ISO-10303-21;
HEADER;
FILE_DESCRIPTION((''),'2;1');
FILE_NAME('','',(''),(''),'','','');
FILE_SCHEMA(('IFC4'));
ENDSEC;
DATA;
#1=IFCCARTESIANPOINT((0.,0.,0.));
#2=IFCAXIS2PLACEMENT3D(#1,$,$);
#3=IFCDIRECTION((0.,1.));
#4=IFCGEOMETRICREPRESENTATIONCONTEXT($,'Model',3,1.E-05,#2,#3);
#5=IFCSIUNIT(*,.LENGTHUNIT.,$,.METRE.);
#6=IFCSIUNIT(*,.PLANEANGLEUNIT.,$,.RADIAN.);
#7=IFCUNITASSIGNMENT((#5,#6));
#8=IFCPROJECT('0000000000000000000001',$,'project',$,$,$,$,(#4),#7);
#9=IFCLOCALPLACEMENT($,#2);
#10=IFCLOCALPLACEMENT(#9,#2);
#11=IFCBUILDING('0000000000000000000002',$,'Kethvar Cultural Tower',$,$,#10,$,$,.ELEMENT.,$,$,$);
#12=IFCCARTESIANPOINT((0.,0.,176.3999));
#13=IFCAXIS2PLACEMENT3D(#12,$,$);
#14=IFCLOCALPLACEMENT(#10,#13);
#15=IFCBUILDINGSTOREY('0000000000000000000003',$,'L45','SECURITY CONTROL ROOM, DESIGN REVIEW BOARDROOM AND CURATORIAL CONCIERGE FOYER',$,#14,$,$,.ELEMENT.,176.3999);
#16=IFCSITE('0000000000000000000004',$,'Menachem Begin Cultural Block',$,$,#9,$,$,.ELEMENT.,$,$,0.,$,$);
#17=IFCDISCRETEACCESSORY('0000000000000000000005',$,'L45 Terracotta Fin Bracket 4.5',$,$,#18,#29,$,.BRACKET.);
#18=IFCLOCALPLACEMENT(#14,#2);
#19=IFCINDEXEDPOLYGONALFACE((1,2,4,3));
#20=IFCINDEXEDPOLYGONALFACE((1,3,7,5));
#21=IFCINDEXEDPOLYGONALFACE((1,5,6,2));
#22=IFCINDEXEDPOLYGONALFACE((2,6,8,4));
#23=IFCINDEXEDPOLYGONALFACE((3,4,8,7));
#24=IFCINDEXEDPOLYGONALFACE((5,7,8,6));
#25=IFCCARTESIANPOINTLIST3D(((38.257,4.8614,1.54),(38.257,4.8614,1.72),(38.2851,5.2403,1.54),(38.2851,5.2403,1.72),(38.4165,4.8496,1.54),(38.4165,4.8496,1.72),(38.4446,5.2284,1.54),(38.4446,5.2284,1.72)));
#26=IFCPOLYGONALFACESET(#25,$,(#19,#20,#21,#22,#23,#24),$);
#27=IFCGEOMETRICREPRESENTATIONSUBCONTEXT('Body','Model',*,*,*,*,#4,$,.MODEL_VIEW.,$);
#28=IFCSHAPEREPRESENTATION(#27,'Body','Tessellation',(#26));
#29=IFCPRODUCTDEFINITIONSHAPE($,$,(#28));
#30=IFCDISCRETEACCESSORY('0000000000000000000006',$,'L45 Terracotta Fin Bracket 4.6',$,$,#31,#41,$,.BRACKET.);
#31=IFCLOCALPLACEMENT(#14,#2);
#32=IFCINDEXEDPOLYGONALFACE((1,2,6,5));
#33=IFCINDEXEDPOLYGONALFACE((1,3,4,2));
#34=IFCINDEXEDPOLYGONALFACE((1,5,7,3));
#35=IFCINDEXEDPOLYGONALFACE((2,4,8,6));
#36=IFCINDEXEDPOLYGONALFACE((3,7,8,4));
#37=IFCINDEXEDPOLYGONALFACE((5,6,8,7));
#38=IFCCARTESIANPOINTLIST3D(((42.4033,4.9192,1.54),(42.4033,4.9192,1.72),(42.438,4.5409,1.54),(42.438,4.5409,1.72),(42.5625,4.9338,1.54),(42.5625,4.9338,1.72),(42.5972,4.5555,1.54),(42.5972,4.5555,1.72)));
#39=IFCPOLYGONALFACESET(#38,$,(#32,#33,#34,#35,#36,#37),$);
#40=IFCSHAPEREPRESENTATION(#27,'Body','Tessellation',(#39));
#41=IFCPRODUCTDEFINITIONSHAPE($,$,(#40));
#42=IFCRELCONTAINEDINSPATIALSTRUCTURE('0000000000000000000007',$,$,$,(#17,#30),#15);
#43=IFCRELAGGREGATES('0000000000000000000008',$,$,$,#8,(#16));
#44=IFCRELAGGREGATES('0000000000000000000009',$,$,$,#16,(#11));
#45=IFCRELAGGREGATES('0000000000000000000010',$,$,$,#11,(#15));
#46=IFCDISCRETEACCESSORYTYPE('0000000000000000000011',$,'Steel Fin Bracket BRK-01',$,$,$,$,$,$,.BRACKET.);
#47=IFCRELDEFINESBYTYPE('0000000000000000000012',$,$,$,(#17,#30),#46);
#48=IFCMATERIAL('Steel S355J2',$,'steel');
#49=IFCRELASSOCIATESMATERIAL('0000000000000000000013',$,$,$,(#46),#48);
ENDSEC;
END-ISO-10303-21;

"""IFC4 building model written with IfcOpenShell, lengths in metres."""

from ifc_helpers import new_model, si_unit, direction, frame, origin, origin_2d, place, context, subcontext, project, spatial, rectangle, extrude, source, transform, mapped, material, type_object, element, save


model = new_model("IFC4")

# Units and contexts
model_context = context("Model", 3, precision=1e-05, world=origin(), true_north=direction((0.0, 1.0)))
body_context = subcontext(model_context, "Body", "Model", "MODEL_VIEW")
ifc_project = project(units=[si_unit("LENGTHUNIT", "METRE"), si_unit("PLANEANGLEUNIT", "RADIAN")], contexts=[model_context])

# Site, building, storey
site_placement = place(None, origin())
site = spatial("IfcSite", under=ifc_project, at=site_placement, Name="Menachem Begin Cultural Block", CompositionType="ELEMENT", RefElevation=0.0)
building_placement = place(site_placement, origin())
building = spatial("IfcBuilding", under=site, at=building_placement, Name="Kethvar Cultural Tower", CompositionType="ELEMENT")
storey_placement = place(building_placement, frame((0.0, 0.0, 176.3999)))
storey = spatial("IfcBuildingStorey", under=building, at=storey_placement, Name="L45", Description="SECURITY CONTROL ROOM, DESIGN REVIEW BOARDROOM AND CURATORIAL CONCIERGE FOYER", CompositionType="ELEMENT", Elevation=176.3999)

# Shared definitions
ifc_material_1 = material(Name="Steel S355J2", Category="steel")

# Discrete accessories
discrete_accessory_type = type_object("IfcDiscreteAccessoryType", Name="Steel Fin Bracket BRK-01", PredefinedType="BRACKET", material=ifc_material_1)
shared_shape_1 = source(origin(), body_context, "Body", "SweptSolid", [
    extrude(rectangle(XDim=0.3799, YDim=0.1599, at=origin_2d()), origin(), (0.0, 0.0, 1.0), 0.1799),
])
for number, where, z_axis, x_axis, name in (
    (1, (38.3508, 5.0449, 1.54), (0.0, 0.0, 1.0), (-0.073934, -0.997263, 0.0), "L45 Terracotta Fin Bracket 4.5"),
    (2, (42.5002, 4.7373, 1.54), (0.0, 0.0, 1.0), (0.091328, -0.995821, 0.0), "L45 Terracotta Fin Bracket 4.6"),
):
    element("IfcDiscreteAccessory", number, at=place(storey_placement, frame(where, z_axis=z_axis, x_axis=x_axis)), inside=storey, type_object=discrete_accessory_type, Name=name, PredefinedType="BRACKET", context=body_context, shape_type="MappedRepresentation", body=[
        mapped(shared_shape_1, transform((0.0, 0.0, 0.0), scale=1.0)),
    ])

save(model, "model.ifc")
